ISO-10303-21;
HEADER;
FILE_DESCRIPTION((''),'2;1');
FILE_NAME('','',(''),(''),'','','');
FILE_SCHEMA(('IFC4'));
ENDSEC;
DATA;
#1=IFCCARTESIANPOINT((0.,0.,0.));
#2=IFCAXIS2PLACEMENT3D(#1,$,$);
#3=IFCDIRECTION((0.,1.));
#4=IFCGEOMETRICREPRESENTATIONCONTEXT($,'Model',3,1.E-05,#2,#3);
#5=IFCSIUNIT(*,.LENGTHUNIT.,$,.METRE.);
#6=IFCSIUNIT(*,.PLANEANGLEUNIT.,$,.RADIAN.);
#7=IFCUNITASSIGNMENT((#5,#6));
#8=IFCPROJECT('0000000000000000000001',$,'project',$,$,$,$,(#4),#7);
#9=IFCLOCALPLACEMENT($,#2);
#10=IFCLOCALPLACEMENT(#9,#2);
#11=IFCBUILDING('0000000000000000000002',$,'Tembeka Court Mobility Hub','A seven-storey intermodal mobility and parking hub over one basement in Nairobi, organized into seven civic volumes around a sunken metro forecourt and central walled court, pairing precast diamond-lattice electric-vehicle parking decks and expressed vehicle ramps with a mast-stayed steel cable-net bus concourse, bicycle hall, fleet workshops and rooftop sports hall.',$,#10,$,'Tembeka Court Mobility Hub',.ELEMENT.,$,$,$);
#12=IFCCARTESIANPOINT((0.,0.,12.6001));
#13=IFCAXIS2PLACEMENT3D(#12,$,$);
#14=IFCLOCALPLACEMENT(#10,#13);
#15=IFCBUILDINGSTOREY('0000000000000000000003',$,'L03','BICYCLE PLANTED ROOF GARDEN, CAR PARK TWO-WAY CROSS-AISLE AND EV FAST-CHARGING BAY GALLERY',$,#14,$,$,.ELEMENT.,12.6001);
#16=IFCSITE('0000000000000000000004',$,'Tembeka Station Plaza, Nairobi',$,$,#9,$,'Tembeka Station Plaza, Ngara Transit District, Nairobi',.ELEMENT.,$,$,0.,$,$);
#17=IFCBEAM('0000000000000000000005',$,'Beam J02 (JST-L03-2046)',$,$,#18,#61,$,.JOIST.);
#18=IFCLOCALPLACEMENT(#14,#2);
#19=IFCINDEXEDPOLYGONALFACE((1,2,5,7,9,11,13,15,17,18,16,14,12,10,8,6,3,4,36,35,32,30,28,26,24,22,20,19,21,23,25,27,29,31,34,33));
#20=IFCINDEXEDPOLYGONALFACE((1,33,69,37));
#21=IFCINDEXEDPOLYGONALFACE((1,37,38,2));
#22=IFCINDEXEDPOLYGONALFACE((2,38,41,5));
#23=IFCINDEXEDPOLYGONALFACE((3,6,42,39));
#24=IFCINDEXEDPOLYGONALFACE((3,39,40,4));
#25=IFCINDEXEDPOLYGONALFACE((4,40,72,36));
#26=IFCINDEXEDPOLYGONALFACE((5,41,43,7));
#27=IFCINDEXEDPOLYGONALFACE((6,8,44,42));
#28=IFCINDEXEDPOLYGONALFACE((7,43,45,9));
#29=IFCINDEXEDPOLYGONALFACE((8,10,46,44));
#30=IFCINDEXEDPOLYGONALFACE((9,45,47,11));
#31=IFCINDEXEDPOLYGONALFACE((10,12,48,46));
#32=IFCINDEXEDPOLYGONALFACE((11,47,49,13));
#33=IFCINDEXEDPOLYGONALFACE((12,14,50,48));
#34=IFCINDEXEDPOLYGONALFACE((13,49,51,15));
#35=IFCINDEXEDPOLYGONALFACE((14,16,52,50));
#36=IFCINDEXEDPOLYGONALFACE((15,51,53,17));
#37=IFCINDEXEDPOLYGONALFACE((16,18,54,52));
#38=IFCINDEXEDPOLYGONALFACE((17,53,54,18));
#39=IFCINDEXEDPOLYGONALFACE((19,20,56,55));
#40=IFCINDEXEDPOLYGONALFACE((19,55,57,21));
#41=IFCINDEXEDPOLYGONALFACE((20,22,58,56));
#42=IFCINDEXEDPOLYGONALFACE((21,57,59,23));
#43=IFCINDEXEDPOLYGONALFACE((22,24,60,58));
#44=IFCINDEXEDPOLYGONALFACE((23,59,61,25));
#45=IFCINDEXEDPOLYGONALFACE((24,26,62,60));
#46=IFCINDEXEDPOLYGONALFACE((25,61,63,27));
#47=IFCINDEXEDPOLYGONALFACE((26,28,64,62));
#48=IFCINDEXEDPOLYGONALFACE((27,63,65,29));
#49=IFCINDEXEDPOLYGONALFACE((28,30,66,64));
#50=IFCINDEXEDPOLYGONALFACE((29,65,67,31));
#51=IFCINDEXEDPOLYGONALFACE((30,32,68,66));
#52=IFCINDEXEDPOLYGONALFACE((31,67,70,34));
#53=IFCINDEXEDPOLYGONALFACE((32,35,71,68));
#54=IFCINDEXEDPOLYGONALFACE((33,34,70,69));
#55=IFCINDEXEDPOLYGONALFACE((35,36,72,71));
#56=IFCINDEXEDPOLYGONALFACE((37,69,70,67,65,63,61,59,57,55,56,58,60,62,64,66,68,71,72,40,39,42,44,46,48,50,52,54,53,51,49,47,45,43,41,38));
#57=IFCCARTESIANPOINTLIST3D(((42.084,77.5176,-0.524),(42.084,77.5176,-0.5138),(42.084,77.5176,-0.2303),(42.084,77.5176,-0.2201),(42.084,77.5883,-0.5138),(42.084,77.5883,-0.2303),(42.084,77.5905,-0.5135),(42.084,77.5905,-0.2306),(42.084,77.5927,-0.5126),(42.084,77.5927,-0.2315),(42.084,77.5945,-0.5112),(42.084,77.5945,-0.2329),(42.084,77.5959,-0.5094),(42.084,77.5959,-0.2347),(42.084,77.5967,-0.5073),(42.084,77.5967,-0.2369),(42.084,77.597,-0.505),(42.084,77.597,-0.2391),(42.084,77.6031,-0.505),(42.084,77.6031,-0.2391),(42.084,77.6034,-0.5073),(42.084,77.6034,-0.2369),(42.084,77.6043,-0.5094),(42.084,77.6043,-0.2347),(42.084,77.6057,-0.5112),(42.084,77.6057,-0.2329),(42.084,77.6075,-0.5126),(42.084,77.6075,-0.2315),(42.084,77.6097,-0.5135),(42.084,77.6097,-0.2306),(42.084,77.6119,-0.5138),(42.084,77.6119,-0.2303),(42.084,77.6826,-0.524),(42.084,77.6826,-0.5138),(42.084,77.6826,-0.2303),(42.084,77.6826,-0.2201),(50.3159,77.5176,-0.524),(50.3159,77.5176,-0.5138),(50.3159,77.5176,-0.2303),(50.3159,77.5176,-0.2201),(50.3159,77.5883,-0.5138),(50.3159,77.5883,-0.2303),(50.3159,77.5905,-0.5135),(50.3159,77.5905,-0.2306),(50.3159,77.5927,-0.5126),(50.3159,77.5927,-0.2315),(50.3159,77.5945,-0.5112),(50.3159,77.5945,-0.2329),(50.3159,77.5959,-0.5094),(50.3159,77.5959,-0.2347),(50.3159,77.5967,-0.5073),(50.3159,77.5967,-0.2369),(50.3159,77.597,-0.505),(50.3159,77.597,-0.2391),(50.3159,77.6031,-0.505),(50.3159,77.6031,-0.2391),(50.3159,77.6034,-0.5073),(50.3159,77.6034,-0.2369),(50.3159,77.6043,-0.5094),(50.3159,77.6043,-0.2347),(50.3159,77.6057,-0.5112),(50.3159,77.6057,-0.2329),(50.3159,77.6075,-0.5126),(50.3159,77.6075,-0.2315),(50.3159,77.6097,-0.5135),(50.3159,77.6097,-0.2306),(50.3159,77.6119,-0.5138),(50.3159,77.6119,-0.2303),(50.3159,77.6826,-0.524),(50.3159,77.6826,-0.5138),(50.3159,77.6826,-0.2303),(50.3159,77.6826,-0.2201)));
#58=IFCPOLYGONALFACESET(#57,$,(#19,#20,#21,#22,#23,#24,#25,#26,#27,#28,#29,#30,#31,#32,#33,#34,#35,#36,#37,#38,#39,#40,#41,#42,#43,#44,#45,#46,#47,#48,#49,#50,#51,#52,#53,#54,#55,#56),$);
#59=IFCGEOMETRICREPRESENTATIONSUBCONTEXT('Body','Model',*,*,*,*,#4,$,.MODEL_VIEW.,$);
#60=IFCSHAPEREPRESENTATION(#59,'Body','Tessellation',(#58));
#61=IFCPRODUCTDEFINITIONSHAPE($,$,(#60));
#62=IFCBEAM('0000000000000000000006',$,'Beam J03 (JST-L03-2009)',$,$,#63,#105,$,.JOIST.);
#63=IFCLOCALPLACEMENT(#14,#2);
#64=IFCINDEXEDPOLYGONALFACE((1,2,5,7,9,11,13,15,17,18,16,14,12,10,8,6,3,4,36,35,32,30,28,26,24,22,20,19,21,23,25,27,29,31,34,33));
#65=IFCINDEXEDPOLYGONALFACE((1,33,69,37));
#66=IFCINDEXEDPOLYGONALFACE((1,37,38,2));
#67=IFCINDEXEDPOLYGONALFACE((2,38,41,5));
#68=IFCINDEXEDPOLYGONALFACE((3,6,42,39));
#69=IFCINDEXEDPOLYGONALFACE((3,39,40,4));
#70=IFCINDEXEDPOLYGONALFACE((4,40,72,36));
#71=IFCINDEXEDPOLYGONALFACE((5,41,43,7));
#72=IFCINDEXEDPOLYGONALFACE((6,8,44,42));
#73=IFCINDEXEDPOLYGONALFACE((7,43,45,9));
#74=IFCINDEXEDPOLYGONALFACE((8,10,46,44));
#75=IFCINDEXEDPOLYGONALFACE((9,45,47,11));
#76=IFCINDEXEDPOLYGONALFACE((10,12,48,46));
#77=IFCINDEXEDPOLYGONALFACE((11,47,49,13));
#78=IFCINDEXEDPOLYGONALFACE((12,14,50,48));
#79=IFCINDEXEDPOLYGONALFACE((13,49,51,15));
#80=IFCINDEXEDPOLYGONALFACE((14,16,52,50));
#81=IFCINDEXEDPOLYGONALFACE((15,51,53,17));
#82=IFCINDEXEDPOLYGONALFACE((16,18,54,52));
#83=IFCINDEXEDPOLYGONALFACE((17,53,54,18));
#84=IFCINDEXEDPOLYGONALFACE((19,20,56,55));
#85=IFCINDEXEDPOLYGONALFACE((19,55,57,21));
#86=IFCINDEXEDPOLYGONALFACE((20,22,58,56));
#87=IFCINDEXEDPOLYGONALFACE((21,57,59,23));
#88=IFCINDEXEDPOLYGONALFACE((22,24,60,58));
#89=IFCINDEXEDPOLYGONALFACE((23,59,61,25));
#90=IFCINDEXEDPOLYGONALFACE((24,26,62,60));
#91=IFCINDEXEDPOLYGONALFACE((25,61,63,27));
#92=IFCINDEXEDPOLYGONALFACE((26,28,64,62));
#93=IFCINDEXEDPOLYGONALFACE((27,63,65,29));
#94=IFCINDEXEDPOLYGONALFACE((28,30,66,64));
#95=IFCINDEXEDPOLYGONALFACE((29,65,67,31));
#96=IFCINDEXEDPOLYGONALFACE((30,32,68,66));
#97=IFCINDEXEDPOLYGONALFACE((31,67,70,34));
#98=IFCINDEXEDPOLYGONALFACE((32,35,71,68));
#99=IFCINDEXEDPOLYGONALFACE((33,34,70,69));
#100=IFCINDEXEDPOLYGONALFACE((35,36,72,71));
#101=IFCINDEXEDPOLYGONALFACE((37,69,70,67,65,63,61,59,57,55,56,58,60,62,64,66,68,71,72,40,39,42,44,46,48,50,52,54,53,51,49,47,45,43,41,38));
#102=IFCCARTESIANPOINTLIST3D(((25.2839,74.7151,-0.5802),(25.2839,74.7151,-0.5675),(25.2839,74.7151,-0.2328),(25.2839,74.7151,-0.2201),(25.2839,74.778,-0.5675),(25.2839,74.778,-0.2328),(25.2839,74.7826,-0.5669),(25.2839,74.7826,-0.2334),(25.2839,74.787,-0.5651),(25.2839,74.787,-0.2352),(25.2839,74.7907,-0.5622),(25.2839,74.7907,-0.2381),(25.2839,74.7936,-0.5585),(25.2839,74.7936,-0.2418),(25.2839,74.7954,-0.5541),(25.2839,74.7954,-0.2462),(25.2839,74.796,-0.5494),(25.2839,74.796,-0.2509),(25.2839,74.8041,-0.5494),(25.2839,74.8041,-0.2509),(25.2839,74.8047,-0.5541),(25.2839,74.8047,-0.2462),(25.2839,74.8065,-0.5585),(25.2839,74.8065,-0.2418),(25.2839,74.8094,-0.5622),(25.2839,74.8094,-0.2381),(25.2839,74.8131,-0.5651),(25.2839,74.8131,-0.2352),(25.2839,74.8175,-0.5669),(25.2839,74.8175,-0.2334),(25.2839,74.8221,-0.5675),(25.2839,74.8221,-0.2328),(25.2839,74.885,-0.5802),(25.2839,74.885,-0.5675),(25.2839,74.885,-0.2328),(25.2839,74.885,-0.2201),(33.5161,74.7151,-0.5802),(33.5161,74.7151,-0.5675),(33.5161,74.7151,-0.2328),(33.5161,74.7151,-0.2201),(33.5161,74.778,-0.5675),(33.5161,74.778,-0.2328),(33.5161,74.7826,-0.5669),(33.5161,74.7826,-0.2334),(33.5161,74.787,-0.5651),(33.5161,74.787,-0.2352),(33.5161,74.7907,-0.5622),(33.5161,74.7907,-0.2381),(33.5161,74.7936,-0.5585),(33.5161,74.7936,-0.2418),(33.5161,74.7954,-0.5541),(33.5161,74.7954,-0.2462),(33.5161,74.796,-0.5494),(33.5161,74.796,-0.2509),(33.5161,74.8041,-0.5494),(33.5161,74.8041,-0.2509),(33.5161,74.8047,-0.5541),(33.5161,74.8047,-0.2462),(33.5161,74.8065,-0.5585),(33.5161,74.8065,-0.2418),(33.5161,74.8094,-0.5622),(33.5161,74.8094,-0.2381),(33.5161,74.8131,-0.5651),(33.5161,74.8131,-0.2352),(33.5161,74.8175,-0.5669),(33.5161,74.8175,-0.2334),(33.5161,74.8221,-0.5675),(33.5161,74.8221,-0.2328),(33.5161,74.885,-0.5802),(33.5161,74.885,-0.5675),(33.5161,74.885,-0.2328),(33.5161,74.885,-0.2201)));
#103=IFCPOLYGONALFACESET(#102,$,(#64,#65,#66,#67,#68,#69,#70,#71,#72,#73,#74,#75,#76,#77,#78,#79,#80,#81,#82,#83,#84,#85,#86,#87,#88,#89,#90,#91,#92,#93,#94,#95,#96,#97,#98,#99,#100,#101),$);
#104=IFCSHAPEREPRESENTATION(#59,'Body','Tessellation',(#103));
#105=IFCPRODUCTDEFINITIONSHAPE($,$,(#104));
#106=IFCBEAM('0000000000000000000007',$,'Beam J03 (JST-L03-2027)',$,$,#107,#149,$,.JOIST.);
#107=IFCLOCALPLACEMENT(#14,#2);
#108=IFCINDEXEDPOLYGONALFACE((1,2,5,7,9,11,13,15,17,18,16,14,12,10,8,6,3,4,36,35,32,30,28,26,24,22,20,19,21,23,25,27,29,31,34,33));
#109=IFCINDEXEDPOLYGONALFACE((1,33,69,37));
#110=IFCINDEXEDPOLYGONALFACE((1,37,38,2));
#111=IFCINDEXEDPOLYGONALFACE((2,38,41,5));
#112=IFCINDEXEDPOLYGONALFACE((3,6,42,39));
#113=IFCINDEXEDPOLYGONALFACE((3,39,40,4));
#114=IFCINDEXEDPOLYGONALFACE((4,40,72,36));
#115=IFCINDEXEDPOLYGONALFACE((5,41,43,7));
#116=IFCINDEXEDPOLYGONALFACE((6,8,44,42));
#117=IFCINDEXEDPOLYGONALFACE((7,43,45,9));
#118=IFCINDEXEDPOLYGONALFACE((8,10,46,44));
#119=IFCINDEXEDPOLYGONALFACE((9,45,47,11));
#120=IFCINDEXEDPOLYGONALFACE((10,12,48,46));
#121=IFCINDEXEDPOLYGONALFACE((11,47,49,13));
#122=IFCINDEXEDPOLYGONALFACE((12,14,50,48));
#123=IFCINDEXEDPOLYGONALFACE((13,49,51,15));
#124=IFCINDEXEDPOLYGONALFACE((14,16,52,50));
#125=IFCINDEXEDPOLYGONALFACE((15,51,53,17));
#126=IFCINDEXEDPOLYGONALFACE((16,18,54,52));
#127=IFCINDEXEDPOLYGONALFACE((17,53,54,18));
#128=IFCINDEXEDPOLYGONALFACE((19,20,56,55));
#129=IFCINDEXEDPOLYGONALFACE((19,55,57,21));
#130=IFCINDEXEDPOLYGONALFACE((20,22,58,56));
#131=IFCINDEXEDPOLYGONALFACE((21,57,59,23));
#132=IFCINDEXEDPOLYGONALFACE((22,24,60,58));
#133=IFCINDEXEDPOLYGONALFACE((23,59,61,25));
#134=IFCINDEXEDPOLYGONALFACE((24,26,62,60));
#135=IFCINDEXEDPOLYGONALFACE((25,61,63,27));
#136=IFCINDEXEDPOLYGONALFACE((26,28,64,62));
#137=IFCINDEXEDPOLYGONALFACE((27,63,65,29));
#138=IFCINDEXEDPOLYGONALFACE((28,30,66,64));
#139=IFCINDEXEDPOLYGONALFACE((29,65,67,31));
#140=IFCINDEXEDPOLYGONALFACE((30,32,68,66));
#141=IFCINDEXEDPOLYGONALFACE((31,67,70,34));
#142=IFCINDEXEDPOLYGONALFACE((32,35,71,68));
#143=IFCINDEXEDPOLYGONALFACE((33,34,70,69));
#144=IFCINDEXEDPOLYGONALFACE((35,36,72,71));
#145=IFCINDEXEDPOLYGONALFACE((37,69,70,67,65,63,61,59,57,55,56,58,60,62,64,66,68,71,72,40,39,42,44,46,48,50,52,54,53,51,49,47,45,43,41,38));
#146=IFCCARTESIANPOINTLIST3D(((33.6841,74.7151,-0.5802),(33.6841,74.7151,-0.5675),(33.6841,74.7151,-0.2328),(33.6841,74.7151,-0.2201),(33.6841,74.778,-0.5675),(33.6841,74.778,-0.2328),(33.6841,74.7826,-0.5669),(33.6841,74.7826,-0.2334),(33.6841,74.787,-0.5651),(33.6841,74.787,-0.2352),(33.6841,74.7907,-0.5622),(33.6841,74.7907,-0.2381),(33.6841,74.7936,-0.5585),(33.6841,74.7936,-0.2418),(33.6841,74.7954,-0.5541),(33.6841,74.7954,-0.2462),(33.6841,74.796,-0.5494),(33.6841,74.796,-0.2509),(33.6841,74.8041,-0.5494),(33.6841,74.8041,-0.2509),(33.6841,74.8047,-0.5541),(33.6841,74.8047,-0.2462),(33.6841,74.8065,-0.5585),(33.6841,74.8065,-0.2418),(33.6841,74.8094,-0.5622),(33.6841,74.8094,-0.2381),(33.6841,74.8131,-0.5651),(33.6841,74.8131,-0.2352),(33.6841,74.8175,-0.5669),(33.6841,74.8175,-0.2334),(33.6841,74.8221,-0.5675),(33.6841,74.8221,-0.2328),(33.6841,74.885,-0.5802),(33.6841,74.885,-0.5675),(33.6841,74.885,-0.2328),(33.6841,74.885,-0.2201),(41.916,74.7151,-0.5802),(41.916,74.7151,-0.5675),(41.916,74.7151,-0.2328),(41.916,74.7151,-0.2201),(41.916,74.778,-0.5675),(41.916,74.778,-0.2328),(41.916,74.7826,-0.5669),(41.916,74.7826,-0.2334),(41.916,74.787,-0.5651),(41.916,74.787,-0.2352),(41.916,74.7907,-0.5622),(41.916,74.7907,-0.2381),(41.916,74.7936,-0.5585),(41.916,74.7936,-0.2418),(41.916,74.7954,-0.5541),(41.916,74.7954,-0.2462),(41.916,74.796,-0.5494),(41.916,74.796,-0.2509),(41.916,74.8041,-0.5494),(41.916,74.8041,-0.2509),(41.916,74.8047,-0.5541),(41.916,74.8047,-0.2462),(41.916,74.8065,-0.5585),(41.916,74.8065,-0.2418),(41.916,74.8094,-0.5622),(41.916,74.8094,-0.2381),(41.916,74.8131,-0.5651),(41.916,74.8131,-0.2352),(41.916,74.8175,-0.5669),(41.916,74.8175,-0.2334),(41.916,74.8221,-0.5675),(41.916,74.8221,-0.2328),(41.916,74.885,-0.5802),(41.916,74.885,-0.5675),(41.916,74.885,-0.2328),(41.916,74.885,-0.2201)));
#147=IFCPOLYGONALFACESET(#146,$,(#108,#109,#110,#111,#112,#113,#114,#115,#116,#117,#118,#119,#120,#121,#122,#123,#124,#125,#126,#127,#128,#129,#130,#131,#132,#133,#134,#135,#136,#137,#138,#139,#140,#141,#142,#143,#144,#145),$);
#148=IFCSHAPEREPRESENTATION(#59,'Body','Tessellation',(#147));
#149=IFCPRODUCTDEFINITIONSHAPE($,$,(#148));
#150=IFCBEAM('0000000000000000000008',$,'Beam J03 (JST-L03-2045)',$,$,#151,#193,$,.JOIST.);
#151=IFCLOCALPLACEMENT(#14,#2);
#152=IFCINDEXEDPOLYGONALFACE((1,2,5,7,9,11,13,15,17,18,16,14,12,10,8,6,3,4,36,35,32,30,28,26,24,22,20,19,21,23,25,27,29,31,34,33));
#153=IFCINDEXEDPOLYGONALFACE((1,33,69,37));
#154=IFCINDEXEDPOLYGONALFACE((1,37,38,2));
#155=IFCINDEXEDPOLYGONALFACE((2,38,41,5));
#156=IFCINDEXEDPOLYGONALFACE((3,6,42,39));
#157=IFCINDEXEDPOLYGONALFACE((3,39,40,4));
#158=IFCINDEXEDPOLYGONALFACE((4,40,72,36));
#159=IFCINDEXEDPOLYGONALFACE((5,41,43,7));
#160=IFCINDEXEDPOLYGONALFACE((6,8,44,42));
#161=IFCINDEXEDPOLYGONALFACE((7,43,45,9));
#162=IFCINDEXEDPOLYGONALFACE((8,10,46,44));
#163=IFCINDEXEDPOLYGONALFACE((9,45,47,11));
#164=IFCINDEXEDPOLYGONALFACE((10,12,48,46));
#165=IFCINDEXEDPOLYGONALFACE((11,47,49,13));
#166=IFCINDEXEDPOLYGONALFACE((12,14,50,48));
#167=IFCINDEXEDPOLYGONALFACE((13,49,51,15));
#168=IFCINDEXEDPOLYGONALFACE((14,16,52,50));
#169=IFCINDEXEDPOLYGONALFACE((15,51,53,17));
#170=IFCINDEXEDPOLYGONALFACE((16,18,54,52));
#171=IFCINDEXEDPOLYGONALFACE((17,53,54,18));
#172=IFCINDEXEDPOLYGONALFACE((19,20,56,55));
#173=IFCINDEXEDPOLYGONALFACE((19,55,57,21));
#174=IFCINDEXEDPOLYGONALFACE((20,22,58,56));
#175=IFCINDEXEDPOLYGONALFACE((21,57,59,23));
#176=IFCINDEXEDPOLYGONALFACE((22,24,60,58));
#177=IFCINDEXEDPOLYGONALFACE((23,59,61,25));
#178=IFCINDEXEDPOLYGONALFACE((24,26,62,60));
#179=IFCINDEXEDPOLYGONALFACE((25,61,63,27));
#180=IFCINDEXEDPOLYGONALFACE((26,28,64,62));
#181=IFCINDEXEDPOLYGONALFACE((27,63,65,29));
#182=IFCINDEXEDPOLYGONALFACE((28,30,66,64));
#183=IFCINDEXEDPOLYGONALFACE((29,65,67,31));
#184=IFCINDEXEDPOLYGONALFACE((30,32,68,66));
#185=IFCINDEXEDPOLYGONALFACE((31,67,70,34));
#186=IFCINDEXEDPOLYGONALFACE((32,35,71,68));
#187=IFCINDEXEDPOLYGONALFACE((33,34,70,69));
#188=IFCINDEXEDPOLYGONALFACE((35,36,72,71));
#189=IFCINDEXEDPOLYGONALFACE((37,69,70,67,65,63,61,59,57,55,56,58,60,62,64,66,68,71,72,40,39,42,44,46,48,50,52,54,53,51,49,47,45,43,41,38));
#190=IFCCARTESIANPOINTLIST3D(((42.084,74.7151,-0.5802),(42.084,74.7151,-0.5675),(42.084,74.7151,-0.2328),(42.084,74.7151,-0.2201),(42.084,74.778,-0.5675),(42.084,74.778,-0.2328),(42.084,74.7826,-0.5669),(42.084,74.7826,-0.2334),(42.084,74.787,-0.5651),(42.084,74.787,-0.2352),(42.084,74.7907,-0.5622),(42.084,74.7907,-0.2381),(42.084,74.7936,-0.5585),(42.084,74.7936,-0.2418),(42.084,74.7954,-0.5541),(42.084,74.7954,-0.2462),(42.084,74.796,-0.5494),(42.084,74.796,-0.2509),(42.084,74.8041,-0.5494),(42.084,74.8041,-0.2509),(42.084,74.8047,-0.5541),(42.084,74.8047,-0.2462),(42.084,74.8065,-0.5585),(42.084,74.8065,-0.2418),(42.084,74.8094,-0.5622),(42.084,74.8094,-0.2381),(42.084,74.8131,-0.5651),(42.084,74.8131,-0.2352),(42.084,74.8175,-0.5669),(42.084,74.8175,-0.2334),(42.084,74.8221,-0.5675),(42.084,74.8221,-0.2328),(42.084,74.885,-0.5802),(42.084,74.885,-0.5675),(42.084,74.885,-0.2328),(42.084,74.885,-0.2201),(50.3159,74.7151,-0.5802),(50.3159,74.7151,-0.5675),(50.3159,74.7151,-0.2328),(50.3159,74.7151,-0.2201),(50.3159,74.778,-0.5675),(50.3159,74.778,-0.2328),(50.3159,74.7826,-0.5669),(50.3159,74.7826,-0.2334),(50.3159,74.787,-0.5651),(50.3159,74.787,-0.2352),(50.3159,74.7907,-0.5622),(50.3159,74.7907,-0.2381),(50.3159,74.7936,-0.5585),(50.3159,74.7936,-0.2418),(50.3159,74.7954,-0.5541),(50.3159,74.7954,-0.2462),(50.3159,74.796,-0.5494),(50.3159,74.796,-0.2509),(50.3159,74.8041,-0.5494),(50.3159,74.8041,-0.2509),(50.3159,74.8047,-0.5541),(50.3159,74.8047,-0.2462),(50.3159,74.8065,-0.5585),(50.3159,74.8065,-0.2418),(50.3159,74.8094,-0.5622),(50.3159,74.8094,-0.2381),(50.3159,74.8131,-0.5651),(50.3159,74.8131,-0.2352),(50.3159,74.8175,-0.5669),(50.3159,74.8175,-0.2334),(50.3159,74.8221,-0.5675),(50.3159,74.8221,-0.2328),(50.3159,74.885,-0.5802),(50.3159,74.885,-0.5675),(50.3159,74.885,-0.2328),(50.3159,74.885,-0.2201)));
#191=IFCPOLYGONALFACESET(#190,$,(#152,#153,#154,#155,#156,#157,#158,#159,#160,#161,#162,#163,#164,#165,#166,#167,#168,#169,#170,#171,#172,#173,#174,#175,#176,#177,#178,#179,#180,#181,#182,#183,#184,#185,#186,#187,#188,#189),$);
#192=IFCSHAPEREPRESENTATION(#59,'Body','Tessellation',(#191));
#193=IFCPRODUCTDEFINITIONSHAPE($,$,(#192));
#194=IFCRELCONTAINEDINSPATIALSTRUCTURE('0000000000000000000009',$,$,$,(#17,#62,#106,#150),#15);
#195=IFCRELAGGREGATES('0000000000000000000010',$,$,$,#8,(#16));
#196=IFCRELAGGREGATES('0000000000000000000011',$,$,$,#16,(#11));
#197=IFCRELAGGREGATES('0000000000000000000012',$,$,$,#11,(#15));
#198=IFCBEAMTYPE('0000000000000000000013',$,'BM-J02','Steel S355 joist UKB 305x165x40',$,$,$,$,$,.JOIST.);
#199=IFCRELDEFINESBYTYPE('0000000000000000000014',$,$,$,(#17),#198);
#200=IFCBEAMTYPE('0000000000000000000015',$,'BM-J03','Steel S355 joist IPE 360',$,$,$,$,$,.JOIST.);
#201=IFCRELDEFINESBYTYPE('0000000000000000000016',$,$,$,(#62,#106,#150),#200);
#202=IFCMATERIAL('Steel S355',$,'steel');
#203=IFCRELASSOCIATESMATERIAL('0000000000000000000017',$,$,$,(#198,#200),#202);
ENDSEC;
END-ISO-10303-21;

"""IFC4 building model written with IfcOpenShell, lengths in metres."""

from ifc_helpers import new_model, si_unit, direction, frame, origin, origin_2d, place, context, subcontext, project, spatial, i_section, extrude, material, material_profile, profile_set, type_object, element, save


model = new_model("IFC4")

# Units and contexts
model_context = context("Model", 3, precision=1e-05, world=origin(), true_north=direction((0.0, 1.0)))
body_context = subcontext(model_context, "Body", "Model", "MODEL_VIEW")
ifc_project = project(units=[si_unit("LENGTHUNIT", "METRE"), si_unit("PLANEANGLEUNIT", "RADIAN")], contexts=[model_context])

# Site, building, storey
site_placement = place(None, origin())
site = spatial("IfcSite", under=ifc_project, at=site_placement, Name="Tembeka Station Plaza, Nairobi", LongName="Tembeka Station Plaza, Ngara Transit District, Nairobi", CompositionType="ELEMENT", RefElevation=0.0)
building_placement = place(site_placement, origin())
building = spatial("IfcBuilding", under=site, at=building_placement, Name="Tembeka Court Mobility Hub", Description="A seven-storey intermodal mobility and parking hub over one basement in Nairobi, organized into seven civic volumes around a sunken metro forecourt and central walled court, pairing precast diamond-lattice electric-vehicle parking decks and expressed vehicle ramps with a mast-stayed steel cable-net bus concourse, bicycle hall, fleet workshops and rooftop sports hall.", LongName="Tembeka Court Mobility Hub", CompositionType="ELEMENT")
storey_placement = place(building_placement, frame((0.0, 0.0, 12.6001)))
storey = spatial("IfcBuildingStorey", under=building, at=storey_placement, Name="L03", Description="BICYCLE PLANTED ROOF GARDEN, CAR PARK TWO-WAY CROSS-AISLE AND EV FAST-CHARGING BAY GALLERY", CompositionType="ELEMENT", Elevation=12.6001)

# Shared definitions
ifc_material_1 = material(Name="Steel S355", Category="steel")

# Beams
ifc_material_profile_1 = material_profile(ifc_material_1, i_section(OverallWidth=0.165, OverallDepth=0.304, WebThickness=0.0061, FlangeThickness=0.0103, FilletRadius=0.0088, at=origin_2d()), Name="UKB 305x165x40")
ifc_profile_set_1 = profile_set([ifc_material_profile_1], Name="Steel S355")
beam_type_1 = type_object("IfcBeamType", Name="BM-J02", Description="Steel S355 joist UKB 305x165x40", PredefinedType="JOIST", material=ifc_profile_set_1)
for number, where, z_axis, x_axis, name in (
    (1, (42.084, 77.6001, -0.3721), (1.0, 0.0, 0.0), (0.0, 1.0, 0.0), "Beam J02 (JST-L03-2046)"),
):
    element("IfcBeam", number, at=place(storey_placement, frame(where, z_axis=z_axis, x_axis=x_axis)), inside=storey, type_object=beam_type_1, Name=name, PredefinedType="JOIST", context=body_context, shape_type="SweptSolid", body=[
        extrude(i_section(OverallWidth=0.165, OverallDepth=0.304, WebThickness=0.0061, FlangeThickness=0.0103, FilletRadius=0.0088, at=origin_2d()), origin(), (0.0, 0.0, 1.0), 8.2319),
    ])
ifc_material_profile_2 = material_profile(ifc_material_1, i_section(OverallWidth=0.1699, OverallDepth=0.3601, WebThickness=0.0081, FlangeThickness=0.0127, FilletRadius=0.0181, at=origin_2d()), Name="IPE 360")
ifc_profile_set_2 = profile_set([ifc_material_profile_2], Name="Steel S355")
beam_type_2 = type_object("IfcBeamType", Name="BM-J03", Description="Steel S355 joist IPE 360", PredefinedType="JOIST", material=ifc_profile_set_2)
beam_1_placement = place(storey_placement, frame((25.2839, 74.8, -0.4001), z_axis=(1.0, 0.0, 0.0), x_axis=(0.0, 1.0, 0.0)))
element("IfcBeam", 2, at=beam_1_placement, inside=storey, type_object=beam_type_2, Name="Beam J03 (JST-L03-2009)", PredefinedType="JOIST", context=body_context, shape_type="SweptSolid", body=[
    extrude(i_section(OverallWidth=0.1699, OverallDepth=0.3601, WebThickness=0.0081, FlangeThickness=0.0127, FilletRadius=0.0181, at=origin_2d()), origin(), (0.0, 0.0, 1.0), 8.2322),
])
for number, where, z_axis, x_axis, name in (
    (3, (33.6841, 74.8, -0.4001), (1.0, 0.0, 0.0), (0.0, 1.0, 0.0), "Beam J03 (JST-L03-2027)"),
    (4, (42.084, 74.8, -0.4001), (1.0, 0.0, 0.0), (0.0, 1.0, 0.0), "Beam J03 (JST-L03-2045)"),
):
    element("IfcBeam", number, at=place(storey_placement, frame(where, z_axis=z_axis, x_axis=x_axis)), inside=storey, type_object=beam_type_2, Name=name, PredefinedType="JOIST", context=body_context, shape_type="SweptSolid", body=[
        extrude(i_section(OverallWidth=0.1699, OverallDepth=0.3601, WebThickness=0.0081, FlangeThickness=0.0127, FilletRadius=0.0181, at=origin_2d()), origin(), (0.0, 0.0, 1.0), 8.2319),
    ])

save(model, "model.ifc")
